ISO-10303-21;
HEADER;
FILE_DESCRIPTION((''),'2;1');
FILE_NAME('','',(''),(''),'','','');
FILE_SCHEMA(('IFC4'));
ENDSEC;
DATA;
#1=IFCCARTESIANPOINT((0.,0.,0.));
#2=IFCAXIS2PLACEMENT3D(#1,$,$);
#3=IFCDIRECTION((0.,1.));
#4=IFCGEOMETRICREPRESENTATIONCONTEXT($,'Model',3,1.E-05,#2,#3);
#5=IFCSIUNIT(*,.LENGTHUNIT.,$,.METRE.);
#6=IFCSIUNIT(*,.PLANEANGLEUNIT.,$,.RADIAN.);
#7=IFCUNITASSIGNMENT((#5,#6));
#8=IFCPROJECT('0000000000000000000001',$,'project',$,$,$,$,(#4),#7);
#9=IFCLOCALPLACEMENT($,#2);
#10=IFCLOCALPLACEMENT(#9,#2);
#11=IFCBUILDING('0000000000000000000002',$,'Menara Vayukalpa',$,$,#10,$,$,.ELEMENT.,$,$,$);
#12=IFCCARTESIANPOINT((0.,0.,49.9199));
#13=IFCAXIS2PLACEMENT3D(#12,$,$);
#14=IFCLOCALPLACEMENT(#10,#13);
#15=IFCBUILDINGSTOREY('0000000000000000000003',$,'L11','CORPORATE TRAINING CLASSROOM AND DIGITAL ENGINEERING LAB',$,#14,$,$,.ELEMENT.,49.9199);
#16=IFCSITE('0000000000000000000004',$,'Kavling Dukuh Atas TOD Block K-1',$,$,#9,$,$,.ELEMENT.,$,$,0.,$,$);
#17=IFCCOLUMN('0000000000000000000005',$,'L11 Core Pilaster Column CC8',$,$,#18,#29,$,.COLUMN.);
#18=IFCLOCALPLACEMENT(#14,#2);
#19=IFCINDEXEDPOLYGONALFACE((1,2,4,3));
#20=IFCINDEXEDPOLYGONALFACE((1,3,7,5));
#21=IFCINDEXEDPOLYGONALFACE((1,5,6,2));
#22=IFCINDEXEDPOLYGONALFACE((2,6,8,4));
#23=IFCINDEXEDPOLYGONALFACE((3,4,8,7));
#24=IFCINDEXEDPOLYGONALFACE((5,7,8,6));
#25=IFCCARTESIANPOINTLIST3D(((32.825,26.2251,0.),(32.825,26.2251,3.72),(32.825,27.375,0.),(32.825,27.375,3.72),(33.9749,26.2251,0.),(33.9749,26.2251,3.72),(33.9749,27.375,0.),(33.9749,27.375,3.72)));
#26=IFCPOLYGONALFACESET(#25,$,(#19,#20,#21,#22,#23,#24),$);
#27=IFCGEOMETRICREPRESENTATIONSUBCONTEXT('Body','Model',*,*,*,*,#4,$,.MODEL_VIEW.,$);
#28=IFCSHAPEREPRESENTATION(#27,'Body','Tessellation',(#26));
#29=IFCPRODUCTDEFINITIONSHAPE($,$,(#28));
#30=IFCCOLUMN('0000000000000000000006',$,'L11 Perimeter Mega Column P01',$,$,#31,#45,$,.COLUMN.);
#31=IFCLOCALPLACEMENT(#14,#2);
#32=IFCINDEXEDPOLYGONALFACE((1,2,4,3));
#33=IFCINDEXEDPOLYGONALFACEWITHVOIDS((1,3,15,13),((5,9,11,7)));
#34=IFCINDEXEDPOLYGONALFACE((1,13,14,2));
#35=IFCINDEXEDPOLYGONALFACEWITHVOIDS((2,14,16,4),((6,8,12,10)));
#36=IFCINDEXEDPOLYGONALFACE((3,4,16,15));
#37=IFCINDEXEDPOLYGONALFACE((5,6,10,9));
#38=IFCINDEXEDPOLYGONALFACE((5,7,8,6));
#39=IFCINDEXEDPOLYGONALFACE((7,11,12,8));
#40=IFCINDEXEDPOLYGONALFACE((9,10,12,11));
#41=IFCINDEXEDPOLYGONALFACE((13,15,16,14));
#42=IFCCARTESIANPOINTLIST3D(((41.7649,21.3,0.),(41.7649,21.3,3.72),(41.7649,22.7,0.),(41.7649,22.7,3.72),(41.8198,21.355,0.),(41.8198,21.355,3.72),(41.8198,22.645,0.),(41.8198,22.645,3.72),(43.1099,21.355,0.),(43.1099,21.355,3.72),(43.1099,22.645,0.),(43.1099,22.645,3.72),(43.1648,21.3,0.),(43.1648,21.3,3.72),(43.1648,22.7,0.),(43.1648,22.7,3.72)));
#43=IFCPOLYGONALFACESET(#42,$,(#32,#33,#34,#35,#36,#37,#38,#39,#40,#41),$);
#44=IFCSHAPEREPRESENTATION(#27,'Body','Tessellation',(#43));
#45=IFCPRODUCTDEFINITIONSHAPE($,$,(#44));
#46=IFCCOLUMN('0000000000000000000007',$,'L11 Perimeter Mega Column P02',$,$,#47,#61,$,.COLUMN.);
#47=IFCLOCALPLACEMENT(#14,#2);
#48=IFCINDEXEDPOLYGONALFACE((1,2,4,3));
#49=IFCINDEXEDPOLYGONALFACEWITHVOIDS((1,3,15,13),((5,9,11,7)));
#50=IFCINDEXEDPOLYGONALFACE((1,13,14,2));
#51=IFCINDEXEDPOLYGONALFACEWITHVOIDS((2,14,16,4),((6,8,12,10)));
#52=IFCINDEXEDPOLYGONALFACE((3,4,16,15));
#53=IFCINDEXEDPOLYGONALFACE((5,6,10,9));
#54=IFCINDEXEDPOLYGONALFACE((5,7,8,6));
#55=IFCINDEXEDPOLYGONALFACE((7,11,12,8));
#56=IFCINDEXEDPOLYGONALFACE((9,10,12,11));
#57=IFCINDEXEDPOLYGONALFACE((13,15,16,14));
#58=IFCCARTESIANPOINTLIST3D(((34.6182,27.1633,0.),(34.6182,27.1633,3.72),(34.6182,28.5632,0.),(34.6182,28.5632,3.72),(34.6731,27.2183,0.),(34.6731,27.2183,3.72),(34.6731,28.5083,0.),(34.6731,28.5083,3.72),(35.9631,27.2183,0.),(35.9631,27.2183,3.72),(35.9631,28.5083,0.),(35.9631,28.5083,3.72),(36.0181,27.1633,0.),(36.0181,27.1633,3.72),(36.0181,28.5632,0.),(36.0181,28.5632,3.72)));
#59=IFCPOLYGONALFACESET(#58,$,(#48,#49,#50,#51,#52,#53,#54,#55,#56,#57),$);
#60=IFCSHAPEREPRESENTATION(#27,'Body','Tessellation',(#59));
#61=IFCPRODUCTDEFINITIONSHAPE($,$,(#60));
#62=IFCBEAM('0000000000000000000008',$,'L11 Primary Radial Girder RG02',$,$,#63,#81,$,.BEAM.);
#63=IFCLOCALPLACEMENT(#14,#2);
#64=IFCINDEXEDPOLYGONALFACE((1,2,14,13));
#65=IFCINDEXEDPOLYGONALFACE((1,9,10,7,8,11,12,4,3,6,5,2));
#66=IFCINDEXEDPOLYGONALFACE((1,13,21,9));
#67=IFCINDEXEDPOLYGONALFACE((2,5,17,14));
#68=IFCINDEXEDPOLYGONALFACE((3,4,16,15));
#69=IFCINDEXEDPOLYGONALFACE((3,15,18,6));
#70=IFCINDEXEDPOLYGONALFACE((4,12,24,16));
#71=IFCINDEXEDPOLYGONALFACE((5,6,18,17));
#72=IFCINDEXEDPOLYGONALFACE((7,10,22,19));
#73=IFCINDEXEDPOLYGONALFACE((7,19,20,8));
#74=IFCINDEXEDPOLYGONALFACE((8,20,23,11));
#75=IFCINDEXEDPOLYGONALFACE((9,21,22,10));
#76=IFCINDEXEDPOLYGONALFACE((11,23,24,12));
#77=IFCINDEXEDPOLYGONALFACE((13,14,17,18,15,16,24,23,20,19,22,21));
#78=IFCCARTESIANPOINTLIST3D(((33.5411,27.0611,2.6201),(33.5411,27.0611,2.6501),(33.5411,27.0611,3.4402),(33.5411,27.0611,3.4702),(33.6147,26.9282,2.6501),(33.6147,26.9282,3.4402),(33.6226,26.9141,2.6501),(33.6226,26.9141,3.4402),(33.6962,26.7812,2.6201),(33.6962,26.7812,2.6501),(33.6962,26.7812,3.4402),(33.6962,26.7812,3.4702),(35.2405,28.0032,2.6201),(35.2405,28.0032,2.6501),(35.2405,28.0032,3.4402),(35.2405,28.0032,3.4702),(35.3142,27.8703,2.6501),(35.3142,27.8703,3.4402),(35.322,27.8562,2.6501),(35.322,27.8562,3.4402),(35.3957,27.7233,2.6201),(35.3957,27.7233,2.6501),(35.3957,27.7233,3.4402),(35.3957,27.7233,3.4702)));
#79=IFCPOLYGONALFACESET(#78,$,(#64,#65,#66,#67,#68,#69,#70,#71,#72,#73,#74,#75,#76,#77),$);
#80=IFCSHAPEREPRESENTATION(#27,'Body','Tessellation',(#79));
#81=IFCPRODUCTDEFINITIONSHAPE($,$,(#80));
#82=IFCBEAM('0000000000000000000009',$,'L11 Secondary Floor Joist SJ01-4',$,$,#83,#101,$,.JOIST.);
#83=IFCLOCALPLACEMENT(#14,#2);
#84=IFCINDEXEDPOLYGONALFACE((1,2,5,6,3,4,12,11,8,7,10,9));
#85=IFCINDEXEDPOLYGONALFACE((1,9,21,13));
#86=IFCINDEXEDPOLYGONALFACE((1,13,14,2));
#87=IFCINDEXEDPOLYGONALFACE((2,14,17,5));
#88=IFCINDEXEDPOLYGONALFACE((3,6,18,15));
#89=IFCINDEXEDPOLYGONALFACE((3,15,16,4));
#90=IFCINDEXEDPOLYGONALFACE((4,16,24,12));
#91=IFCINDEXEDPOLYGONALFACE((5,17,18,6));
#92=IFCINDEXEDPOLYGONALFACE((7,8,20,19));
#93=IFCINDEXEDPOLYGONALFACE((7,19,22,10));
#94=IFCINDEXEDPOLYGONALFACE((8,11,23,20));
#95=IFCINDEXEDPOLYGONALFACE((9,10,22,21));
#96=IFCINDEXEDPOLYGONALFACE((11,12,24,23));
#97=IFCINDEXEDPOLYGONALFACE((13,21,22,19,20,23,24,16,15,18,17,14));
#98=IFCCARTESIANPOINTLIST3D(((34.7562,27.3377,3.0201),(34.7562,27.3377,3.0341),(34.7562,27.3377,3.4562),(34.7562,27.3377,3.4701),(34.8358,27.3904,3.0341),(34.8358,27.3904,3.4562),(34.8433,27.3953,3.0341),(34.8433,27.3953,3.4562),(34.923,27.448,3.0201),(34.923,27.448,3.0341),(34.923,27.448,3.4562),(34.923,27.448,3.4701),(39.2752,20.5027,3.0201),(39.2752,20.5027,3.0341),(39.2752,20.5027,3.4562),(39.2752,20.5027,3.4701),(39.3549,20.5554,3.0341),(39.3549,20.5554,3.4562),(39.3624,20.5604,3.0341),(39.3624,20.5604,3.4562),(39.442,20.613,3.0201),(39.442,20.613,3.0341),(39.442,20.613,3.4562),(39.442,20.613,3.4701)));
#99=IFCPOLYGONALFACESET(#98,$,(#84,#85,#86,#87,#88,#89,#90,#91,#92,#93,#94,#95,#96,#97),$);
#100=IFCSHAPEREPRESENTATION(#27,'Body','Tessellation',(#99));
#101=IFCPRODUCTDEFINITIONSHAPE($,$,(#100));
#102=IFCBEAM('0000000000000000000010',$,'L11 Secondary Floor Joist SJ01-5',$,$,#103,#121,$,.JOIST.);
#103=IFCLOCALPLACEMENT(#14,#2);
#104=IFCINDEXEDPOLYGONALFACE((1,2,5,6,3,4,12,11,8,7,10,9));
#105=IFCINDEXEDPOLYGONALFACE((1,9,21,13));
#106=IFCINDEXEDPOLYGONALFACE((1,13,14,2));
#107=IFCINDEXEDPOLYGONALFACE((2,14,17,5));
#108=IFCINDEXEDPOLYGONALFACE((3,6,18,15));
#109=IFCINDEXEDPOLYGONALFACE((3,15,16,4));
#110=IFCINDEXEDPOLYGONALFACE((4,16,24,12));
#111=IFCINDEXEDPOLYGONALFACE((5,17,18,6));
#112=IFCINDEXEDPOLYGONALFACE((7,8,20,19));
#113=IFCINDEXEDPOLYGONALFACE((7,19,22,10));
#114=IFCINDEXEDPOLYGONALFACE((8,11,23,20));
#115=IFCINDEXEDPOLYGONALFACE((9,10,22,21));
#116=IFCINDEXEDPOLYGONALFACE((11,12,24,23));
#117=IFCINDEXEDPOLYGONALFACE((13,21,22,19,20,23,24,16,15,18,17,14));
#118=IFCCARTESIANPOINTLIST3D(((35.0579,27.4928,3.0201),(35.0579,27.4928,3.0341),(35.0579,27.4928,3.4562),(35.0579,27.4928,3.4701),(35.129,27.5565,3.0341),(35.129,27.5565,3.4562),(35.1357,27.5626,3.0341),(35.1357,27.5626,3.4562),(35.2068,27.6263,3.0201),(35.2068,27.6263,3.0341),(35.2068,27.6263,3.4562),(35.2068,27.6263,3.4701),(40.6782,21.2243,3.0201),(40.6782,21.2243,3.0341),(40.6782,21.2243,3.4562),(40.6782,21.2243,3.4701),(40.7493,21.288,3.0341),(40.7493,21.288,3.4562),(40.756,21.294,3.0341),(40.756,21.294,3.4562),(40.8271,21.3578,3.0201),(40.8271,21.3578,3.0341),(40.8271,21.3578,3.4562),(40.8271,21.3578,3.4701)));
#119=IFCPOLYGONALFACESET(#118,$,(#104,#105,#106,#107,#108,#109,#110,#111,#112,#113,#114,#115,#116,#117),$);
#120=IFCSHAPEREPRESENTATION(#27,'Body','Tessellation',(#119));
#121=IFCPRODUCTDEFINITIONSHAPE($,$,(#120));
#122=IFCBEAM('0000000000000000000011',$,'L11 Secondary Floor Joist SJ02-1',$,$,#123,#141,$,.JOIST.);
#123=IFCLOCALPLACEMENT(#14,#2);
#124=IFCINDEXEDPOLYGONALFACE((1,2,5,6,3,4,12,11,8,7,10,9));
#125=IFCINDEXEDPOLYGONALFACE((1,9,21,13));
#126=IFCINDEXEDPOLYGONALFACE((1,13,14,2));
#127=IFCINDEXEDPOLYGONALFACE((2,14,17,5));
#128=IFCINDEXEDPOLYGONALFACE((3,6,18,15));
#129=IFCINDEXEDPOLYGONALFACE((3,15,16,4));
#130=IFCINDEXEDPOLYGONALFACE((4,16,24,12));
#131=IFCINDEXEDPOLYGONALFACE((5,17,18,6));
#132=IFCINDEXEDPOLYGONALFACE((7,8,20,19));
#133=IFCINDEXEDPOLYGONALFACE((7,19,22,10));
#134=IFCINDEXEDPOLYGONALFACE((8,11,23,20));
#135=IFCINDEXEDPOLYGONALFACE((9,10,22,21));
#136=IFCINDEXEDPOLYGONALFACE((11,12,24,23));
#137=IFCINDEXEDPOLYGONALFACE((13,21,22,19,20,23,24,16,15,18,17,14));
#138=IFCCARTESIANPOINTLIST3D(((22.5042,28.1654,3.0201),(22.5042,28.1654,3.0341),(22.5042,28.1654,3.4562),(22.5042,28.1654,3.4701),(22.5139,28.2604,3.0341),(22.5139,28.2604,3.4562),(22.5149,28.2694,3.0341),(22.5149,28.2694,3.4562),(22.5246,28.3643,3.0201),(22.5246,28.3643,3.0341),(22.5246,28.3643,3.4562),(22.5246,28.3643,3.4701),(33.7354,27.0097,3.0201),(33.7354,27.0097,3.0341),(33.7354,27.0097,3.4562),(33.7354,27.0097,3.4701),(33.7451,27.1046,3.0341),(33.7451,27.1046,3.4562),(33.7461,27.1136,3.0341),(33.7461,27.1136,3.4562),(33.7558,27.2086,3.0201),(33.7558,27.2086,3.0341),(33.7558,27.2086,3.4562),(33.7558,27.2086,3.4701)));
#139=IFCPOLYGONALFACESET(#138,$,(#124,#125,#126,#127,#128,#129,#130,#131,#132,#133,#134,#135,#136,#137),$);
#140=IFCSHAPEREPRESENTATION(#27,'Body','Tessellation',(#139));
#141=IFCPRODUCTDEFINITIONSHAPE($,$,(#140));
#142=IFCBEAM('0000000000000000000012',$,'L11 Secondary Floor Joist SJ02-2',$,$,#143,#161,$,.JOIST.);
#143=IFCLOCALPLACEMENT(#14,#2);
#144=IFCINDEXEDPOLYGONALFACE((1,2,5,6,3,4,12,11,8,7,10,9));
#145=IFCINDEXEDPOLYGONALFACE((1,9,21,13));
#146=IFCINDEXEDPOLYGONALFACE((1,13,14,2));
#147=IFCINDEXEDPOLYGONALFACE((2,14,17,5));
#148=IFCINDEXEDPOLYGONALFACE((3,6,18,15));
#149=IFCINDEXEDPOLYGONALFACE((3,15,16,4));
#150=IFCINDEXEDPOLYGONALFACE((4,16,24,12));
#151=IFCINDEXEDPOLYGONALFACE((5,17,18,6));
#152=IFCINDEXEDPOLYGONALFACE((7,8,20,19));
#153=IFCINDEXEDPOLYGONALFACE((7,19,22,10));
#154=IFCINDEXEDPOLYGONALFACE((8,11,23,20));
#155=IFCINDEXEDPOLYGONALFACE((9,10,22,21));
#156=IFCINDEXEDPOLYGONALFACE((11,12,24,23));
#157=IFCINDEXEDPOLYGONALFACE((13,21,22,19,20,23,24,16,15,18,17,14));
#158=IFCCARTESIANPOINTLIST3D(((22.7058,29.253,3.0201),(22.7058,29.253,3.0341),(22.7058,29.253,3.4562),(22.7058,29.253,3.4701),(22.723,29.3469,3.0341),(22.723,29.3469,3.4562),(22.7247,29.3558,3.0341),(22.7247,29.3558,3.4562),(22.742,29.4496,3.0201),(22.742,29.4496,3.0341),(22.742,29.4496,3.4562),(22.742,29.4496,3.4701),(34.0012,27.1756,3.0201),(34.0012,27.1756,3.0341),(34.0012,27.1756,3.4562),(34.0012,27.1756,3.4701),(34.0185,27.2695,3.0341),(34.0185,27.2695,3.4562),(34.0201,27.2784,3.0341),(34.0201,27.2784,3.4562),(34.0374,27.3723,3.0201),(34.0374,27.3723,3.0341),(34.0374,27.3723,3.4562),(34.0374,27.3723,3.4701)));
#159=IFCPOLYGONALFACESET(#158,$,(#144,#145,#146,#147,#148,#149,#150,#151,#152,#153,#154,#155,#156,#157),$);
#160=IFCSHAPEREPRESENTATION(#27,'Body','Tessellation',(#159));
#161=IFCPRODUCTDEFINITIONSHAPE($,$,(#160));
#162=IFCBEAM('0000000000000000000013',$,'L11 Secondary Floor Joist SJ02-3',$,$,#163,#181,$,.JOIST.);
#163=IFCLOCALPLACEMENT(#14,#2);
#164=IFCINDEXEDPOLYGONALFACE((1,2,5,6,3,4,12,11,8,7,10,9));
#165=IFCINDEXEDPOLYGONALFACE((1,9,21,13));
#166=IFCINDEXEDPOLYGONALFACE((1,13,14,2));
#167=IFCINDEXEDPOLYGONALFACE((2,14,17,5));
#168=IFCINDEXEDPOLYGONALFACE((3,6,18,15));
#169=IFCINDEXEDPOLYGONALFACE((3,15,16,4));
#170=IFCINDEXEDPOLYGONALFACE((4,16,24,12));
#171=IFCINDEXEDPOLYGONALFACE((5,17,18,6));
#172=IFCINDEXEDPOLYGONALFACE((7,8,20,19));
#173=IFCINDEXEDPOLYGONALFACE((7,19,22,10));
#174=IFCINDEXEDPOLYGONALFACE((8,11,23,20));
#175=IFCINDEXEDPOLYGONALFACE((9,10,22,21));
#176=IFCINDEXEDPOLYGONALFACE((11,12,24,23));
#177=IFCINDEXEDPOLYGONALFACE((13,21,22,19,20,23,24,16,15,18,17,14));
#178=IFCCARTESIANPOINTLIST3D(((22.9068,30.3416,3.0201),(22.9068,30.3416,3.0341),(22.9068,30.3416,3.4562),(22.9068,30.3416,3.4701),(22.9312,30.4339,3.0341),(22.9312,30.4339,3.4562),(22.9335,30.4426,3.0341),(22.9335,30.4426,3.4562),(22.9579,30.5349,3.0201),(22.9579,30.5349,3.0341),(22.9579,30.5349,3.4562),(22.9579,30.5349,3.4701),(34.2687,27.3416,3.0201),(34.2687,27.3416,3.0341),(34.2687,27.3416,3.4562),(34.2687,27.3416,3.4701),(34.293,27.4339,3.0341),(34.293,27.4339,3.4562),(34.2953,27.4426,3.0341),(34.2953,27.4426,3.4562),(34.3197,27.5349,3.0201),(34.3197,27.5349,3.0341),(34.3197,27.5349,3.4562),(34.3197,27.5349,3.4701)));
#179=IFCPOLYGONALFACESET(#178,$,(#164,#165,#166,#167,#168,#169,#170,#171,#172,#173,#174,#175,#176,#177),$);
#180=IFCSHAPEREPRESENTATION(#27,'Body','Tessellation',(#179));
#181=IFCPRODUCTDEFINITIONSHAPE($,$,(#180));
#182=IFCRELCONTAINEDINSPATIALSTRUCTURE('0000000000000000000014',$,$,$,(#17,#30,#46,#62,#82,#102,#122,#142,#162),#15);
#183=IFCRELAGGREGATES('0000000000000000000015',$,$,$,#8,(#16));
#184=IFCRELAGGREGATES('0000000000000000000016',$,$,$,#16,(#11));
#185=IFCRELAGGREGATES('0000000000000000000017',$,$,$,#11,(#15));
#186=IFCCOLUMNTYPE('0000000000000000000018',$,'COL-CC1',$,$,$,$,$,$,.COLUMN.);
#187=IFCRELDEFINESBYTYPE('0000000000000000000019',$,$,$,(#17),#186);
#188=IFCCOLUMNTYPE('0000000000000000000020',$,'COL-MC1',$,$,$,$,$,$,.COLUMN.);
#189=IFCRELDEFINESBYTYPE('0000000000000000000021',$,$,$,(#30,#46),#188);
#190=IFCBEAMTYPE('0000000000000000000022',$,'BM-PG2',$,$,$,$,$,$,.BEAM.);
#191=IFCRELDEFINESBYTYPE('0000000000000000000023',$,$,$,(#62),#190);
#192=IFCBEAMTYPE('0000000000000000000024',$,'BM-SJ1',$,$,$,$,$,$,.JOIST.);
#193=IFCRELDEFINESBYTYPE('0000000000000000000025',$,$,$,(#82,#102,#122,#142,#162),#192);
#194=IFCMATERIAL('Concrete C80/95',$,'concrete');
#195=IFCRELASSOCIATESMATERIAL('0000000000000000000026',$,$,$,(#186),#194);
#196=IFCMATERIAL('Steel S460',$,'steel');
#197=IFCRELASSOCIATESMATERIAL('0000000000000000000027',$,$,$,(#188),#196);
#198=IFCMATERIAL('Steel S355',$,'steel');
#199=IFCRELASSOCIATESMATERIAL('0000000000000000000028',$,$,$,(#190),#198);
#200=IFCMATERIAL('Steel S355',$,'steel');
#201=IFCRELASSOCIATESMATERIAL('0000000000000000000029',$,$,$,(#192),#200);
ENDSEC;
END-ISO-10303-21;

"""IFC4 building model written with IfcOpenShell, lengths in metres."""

from ifc_helpers import new_model, si_unit, direction, frame, origin, origin_2d, place, context, subcontext, project, spatial, rectangle, hollow_rectangle, i_section, extrude, material, material_profile, profile_set, type_object, element, save


model = new_model("IFC4")

# Units and contexts
model_context = context("Model", 3, precision=1e-05, world=origin(), true_north=direction((0.0, 1.0)))
body_context = subcontext(model_context, "Body", "Model", "MODEL_VIEW")
ifc_project = project(units=[si_unit("LENGTHUNIT", "METRE"), si_unit("PLANEANGLEUNIT", "RADIAN")], contexts=[model_context])

# Site, building, storey
site_placement = place(None, origin())
site = spatial("IfcSite", under=ifc_project, at=site_placement, Name="Kavling Dukuh Atas TOD Block K-1", CompositionType="ELEMENT", RefElevation=0.0)
building_placement = place(site_placement, origin())
building = spatial("IfcBuilding", under=site, at=building_placement, Name="Menara Vayukalpa", CompositionType="ELEMENT")
storey_placement = place(building_placement, frame((0.0, 0.0, 49.9199)))
storey = spatial("IfcBuildingStorey", under=building, at=storey_placement, Name="L11", Description="CORPORATE TRAINING CLASSROOM AND DIGITAL ENGINEERING LAB", CompositionType="ELEMENT", Elevation=49.9199)

# Columns
ifc_material_1 = material(Name="Concrete C80/95", Category="concrete")
ifc_material_profile_1 = material_profile(ifc_material_1, rectangle(XDim=1.1499, YDim=1.1499, at=origin_2d()), Name="RC 1150x1150")
ifc_profile_set_1 = profile_set([ifc_material_profile_1], Name="Concrete C80/95")
column_type_1 = type_object("IfcColumnType", Name="COL-CC1", PredefinedType="COLUMN", material=ifc_profile_set_1)
column_placement = place(storey_placement, frame((33.3999, 26.8, 0.0), z_axis=(0.0, 0.0, 1.0), x_axis=(1.0, 0.0, 0.0)))
element("IfcColumn", 1, at=column_placement, inside=storey, type_object=column_type_1, Name="L11 Core Pilaster Column CC8", PredefinedType="COLUMN", context=body_context, shape_type="SweptSolid", body=[
    extrude(rectangle(XDim=1.1499, YDim=1.1499, at=origin_2d()), origin(), (0.0, 0.0, 1.0), 3.72),
])
ifc_material_2 = material(Name="Steel S460", Category="steel")
ifc_material_profile_2 = material_profile(ifc_material_2, hollow_rectangle(XDim=1.3999, YDim=1.3999, WallThickness=0.0549, at=origin_2d()), Name="BOX 1400x1400x55")
ifc_profile_set_2 = profile_set([ifc_material_profile_2], Name="Steel S460")
column_type_2 = type_object("IfcColumnType", Name="COL-MC1", PredefinedType="COLUMN", material=ifc_profile_set_2)
for number, where, z_axis, x_axis, name in (
    (2, (42.4648, 22.0, 0.0), (0.0, 0.0, 1.0), (1.0, 0.0, 0.0), "L11 Perimeter Mega Column P01"),
    (3, (35.3181, 27.8633, 0.0), (0.0, 0.0, 1.0), (1.0, 0.0, 0.0), "L11 Perimeter Mega Column P02"),
):
    element("IfcColumn", number, at=place(storey_placement, frame(where, z_axis=z_axis, x_axis=x_axis)), inside=storey, type_object=column_type_2, Name=name, PredefinedType="COLUMN", context=body_context, shape_type="SweptSolid", body=[
        extrude(hollow_rectangle(XDim=1.3999, YDim=1.3999, WallThickness=0.0549, at=origin_2d()), origin(), (0.0, 0.0, 1.0), 3.72),
    ])

# Beams
ifc_material_3 = material(Name="Steel S355", Category="steel")
ifc_material_profile_3 = material_profile(ifc_material_3, i_section(OverallWidth=0.3201, OverallDepth=0.8501, WebThickness=0.0161, FlangeThickness=0.03, at=origin_2d()), Name="WF 850x320x16x30")
ifc_profile_set_3 = profile_set([ifc_material_profile_3], Name="Steel S355")
beam_type_1 = type_object("IfcBeamType", Name="BM-PG2", PredefinedType="BEAM", material=ifc_profile_set_3)
beam_1_placement = place(storey_placement, frame((33.6187, 26.9211, 3.0452), z_axis=(0.874595, 0.484853, 0.0), x_axis=(-0.484853, 0.874595, 0.0)))
element("IfcBeam", 4, at=beam_1_placement, inside=storey, type_object=beam_type_1, Name="L11 Primary Radial Girder RG02", PredefinedType="BEAM", context=body_context, shape_type="SweptSolid", body=[
    extrude(i_section(OverallWidth=0.3201, OverallDepth=0.8501, WebThickness=0.0161, FlangeThickness=0.03, at=origin_2d()), origin(), (0.0, 0.0, 1.0), 1.9431),
])
ifc_material_4 = material(Name="Steel S355", Category="steel")
ifc_material_profile_4 = material_profile(ifc_material_4, i_section(OverallWidth=0.2, OverallDepth=0.45, WebThickness=0.009, FlangeThickness=0.0139, at=origin_2d()), Name="WF 450x200x9x14")
ifc_profile_set_4 = profile_set([ifc_material_profile_4], Name="Steel S355")
beam_type_2 = type_object("IfcBeamType", Name="BM-SJ1", PredefinedType="JOIST", material=ifc_profile_set_4)
beam_2_placement = place(storey_placement, frame((39.3586, 20.5579, 3.2451), z_axis=(-0.551519, 0.834162, 0.0), x_axis=(-0.834162, -0.551519, 0.0)))
element("IfcBeam", 5, at=beam_2_placement, inside=storey, type_object=beam_type_2, Name="L11 Secondary Floor Joist SJ01-4", PredefinedType="JOIST", context=body_context, shape_type="SweptSolid", body=[
    extrude(i_section(OverallWidth=0.2, OverallDepth=0.45, WebThickness=0.009, FlangeThickness=0.0139, at=origin_2d()), origin(), (0.0, 0.0, 1.0), 8.1938),
])
beam_3_placement = place(storey_placement, frame((40.7527, 21.291, 3.2451), z_axis=(-0.667563, 0.744553, 0.0), x_axis=(-0.744553, -0.667563, 0.0)))
element("IfcBeam", 6, at=beam_3_placement, inside=storey, type_object=beam_type_2, Name="L11 Secondary Floor Joist SJ01-5", PredefinedType="JOIST", context=body_context, shape_type="SweptSolid", body=[
    extrude(i_section(OverallWidth=0.2, OverallDepth=0.45, WebThickness=0.009, FlangeThickness=0.0139, at=origin_2d()), origin(), (0.0, 0.0, 1.0), 8.4192),
])
beam_4_placement = place(storey_placement, frame((33.7456, 27.1091, 3.2451), z_axis=(-0.994747, 0.102366, 0.0), x_axis=(-0.102366, -0.994747, 0.0)))
element("IfcBeam", 7, at=beam_4_placement, inside=storey, type_object=beam_type_2, Name="L11 Secondary Floor Joist SJ02-1", PredefinedType="JOIST", context=body_context, shape_type="SweptSolid", body=[
    extrude(i_section(OverallWidth=0.2, OverallDepth=0.45, WebThickness=0.009, FlangeThickness=0.0139, at=origin_2d()), origin(), (0.0, 0.0, 1.0), 11.2905),
])
beam_5_placement = place(storey_placement, frame((34.0193, 27.2739, 3.2451), z_axis=(-0.983505, 0.180881, 0.0), x_axis=(-0.180881, -0.983505, 0.0)))
element("IfcBeam", 8, at=beam_5_placement, inside=storey, type_object=beam_type_2, Name="L11 Secondary Floor Joist SJ02-2", PredefinedType="JOIST", context=body_context, shape_type="SweptSolid", body=[
    extrude(i_section(OverallWidth=0.2, OverallDepth=0.45, WebThickness=0.009, FlangeThickness=0.0139, at=origin_2d()), origin(), (0.0, 0.0, 1.0), 11.4849),
])
beam_6_placement = place(storey_placement, frame((34.2942, 27.4382, 3.2451), z_axis=(-0.966864, 0.255293, 0.0), x_axis=(-0.255293, -0.966864, 0.0)))
element("IfcBeam", 9, at=beam_6_placement, inside=storey, type_object=beam_type_2, Name="L11 Secondary Floor Joist SJ02-3", PredefinedType="JOIST", context=body_context, shape_type="SweptSolid", body=[
    extrude(i_section(OverallWidth=0.2, OverallDepth=0.45, WebThickness=0.009, FlangeThickness=0.0139, at=origin_2d()), origin(), (0.0, 0.0, 1.0), 11.7512),
])

save(model, "model.ifc")
